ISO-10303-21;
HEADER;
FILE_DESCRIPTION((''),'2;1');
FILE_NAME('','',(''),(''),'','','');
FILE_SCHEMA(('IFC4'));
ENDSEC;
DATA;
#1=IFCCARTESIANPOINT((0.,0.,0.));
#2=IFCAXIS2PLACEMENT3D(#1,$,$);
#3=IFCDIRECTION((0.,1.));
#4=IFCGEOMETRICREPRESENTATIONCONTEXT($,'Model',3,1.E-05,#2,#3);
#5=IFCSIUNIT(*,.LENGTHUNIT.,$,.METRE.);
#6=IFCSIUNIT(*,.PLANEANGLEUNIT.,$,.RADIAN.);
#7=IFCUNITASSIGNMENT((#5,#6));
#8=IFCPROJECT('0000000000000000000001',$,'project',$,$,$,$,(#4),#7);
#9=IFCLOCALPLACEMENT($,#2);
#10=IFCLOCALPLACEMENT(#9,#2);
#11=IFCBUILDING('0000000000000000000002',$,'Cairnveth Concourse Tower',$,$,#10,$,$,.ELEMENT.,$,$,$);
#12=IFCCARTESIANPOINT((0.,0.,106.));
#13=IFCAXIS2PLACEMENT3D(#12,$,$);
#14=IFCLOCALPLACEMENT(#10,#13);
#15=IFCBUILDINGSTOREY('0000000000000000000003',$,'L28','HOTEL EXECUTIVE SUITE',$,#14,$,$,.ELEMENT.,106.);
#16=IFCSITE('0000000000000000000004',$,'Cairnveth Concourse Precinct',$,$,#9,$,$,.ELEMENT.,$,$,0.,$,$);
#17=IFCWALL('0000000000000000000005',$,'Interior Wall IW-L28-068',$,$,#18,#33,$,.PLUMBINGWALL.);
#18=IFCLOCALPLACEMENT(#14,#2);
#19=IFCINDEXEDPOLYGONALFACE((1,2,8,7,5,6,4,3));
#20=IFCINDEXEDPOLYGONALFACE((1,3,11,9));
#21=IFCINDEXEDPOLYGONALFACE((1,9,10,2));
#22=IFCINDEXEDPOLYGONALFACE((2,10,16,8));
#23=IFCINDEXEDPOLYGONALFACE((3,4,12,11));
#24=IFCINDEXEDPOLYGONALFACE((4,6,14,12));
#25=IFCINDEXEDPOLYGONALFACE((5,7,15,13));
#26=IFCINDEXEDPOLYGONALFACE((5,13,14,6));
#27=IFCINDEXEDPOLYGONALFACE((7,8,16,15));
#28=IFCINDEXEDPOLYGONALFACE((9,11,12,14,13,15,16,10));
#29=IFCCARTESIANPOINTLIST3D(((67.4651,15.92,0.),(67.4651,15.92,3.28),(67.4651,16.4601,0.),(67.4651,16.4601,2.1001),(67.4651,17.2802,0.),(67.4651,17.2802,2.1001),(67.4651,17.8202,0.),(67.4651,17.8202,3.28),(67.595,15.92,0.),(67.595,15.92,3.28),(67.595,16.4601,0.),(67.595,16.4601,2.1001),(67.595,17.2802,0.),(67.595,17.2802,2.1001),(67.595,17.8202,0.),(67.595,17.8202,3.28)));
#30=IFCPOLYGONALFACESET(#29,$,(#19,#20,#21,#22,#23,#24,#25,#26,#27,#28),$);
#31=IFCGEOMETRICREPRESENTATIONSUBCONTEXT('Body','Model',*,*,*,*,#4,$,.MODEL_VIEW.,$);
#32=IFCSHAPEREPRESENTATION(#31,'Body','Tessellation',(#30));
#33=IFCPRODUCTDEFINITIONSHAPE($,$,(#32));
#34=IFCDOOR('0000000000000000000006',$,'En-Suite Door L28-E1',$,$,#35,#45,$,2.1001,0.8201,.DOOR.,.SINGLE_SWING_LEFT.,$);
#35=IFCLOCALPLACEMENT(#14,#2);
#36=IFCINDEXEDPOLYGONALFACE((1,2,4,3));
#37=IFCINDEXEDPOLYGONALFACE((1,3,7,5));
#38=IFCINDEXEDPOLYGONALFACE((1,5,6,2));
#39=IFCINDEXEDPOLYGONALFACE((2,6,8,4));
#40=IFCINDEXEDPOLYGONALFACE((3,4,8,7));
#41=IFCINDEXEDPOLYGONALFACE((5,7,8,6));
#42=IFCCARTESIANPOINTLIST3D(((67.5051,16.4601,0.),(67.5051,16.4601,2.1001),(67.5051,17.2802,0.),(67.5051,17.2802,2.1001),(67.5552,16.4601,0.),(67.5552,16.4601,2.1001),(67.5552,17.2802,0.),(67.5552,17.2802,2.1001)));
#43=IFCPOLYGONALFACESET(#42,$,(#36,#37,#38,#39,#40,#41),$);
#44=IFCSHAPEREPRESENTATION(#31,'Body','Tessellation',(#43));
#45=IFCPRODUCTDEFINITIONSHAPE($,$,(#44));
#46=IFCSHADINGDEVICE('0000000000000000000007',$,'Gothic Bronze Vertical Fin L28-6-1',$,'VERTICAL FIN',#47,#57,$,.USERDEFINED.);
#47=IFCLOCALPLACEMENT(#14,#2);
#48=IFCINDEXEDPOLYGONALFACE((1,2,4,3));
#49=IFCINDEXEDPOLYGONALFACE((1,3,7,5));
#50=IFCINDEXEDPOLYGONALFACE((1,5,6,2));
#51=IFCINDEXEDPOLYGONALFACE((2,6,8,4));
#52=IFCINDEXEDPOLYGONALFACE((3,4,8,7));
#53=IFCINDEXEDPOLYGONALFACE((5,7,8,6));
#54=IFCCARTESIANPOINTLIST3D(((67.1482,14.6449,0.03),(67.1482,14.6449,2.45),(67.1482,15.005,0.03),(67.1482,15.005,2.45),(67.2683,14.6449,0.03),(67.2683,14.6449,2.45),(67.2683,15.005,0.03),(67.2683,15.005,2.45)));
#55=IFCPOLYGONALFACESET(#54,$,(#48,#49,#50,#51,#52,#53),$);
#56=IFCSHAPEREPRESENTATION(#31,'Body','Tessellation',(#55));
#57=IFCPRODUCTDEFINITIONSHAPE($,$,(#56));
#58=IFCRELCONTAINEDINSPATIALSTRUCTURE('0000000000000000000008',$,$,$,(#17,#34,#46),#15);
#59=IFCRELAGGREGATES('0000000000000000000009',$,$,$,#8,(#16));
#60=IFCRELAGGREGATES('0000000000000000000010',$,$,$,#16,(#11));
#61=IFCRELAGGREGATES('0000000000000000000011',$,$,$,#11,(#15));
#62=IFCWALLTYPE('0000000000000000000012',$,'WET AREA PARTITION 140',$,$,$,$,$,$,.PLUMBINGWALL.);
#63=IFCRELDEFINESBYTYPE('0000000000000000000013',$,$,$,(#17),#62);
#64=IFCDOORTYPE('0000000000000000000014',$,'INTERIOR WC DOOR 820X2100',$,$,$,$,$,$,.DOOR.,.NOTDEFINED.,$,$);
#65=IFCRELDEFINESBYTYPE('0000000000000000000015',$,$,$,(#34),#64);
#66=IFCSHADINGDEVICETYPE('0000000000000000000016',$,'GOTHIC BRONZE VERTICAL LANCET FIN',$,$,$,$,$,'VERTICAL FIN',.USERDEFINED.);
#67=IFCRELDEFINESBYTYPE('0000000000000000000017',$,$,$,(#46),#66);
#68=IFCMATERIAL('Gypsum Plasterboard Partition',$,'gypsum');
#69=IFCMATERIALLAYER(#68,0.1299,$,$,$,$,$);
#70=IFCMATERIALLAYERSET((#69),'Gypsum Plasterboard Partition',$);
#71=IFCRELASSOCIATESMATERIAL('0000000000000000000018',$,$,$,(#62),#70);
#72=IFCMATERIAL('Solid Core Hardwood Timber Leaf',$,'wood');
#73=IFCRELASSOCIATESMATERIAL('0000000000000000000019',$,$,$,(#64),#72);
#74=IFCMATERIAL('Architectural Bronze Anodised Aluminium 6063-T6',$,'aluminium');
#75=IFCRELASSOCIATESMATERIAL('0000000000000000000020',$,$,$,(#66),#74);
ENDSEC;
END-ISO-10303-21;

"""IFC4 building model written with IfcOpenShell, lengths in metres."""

from ifc_helpers import new_model, si_unit, direction, frame, frame_2d, origin, origin_2d, place, context, subcontext, project, spatial, rectangle, extrude, material, layer, layer_set, type_object, element, fill, save


model = new_model("IFC4")

# Units and contexts
model_context = context("Model", 3, precision=1e-05, world=origin(), true_north=direction((0.0, 1.0)))
body_context = subcontext(model_context, "Body", "Model", "MODEL_VIEW")
ifc_project = project(units=[si_unit("LENGTHUNIT", "METRE"), si_unit("PLANEANGLEUNIT", "RADIAN")], contexts=[model_context])

# Site, building, storey
site_placement = place(None, origin())
site = spatial("IfcSite", under=ifc_project, at=site_placement, Name="Cairnveth Concourse Precinct", CompositionType="ELEMENT", RefElevation=0.0)
building_placement = place(site_placement, origin())
building = spatial("IfcBuilding", under=site, at=building_placement, Name="Cairnveth Concourse Tower", CompositionType="ELEMENT")
storey_placement = place(building_placement, frame((0.0, 0.0, 106.0)))
storey = spatial("IfcBuildingStorey", under=building, at=storey_placement, Name="L28", Description="HOTEL EXECUTIVE SUITE", CompositionType="ELEMENT", Elevation=106.0)

# Shared definitions
ifc_material_1 = material(Name="Gypsum Plasterboard Partition", Category="gypsum")
ifc_material_2 = material(Name="Solid Core Hardwood Timber Leaf", Category="wood")

# Shared definitions
ifc_layer_1 = layer(ifc_material_1, 0.1299)
ifc_layer_set_1 = layer_set([ifc_layer_1], Name="Gypsum Plasterboard Partition")
wall_type_1 = type_object("IfcWallType", Name="WET AREA PARTITION 140", PredefinedType="PLUMBINGWALL", material=ifc_layer_set_1)

# Wall, opening, door
wall_1_placement = place(storey_placement, frame((67.53, 15.9199, 0.0), z_axis=(0.0, 0.0, 1.0), x_axis=(0.0, 1.0, 0.0)))
wall_1 = element("IfcWall", 1, at=wall_1_placement, inside=storey, type_object=wall_type_1, Name="Interior Wall IW-L28-068", PredefinedType="PLUMBINGWALL", context=body_context, shape_type="SweptSolid", body=[
    extrude(rectangle(XDim=1.9001, YDim=0.1299, at=frame_2d((0.9502, 0.0))), origin(), (0.0, 0.0, 1.0), 3.28),
])
opening_1_placement = place(wall_1_placement, frame((0.54, 0.0, 0.0)))
opening_1 = element("IfcOpeningElement", 2, at=opening_1_placement, cuts=wall_1, PredefinedType="OPENING", context=body_context, shape_type="SweptSolid", body=[
    extrude(rectangle(XDim=0.8201, YDim=2.1001, at=frame_2d((0.4102, 1.05))), frame((0.0, 0.075, 0.0), z_axis=(0.0, -1.0, 0.0), x_axis=(1.0, 0.0, 0.0)), (0.0, 0.0, 1.0), 0.1499),
])
door_type_1 = type_object("IfcDoorType", Name="INTERIOR WC DOOR 820X2100", OperationType="NOTDEFINED", PredefinedType="DOOR", material=ifc_material_2)
door_1_placement = place(opening_1_placement, origin())
door_1 = element("IfcDoor", 3, at=door_1_placement, inside=storey, type_object=door_type_1, Name="En-Suite Door L28-E1", OperationType="SINGLE_SWING_LEFT", OverallHeight=2.1001, OverallWidth=0.8201, PredefinedType="DOOR", context=body_context, shape_type="SweptSolid", body=[
    extrude(rectangle(XDim=0.8201, YDim=2.1001, at=frame_2d((0.4102, 1.05))), frame((0.0, 0.0249, 0.0), z_axis=(0.0, -1.0, 0.0), x_axis=(1.0, 0.0, 0.0)), (0.0, 0.0, 1.0), 0.05),
])
fill(opening_1, door_1)

# Shading device
ifc_material_3 = material(Name="Architectural Bronze Anodised Aluminium 6063-T6", Category="aluminium")
shading_device_type = type_object("IfcShadingDeviceType", Name="GOTHIC BRONZE VERTICAL LANCET FIN", ElementType="VERTICAL FIN", PredefinedType="USERDEFINED", material=ifc_material_3)
shading_device_placement = place(storey_placement, frame((67.2083, 14.825, 0.03), z_axis=(0.0, 0.0, 1.0), x_axis=(1.0, 0.0, 0.0)))
element("IfcShadingDevice", 4, at=shading_device_placement, inside=storey, type_object=shading_device_type, Name="Gothic Bronze Vertical Fin L28-6-1", ObjectType="VERTICAL FIN", PredefinedType="USERDEFINED", context=body_context, shape_type="SweptSolid", body=[
    extrude(rectangle(XDim=0.1201, YDim=0.3601, at=origin_2d()), origin(), (0.0, 0.0, 1.0), 2.4199),
])

save(model, "model.ifc")
